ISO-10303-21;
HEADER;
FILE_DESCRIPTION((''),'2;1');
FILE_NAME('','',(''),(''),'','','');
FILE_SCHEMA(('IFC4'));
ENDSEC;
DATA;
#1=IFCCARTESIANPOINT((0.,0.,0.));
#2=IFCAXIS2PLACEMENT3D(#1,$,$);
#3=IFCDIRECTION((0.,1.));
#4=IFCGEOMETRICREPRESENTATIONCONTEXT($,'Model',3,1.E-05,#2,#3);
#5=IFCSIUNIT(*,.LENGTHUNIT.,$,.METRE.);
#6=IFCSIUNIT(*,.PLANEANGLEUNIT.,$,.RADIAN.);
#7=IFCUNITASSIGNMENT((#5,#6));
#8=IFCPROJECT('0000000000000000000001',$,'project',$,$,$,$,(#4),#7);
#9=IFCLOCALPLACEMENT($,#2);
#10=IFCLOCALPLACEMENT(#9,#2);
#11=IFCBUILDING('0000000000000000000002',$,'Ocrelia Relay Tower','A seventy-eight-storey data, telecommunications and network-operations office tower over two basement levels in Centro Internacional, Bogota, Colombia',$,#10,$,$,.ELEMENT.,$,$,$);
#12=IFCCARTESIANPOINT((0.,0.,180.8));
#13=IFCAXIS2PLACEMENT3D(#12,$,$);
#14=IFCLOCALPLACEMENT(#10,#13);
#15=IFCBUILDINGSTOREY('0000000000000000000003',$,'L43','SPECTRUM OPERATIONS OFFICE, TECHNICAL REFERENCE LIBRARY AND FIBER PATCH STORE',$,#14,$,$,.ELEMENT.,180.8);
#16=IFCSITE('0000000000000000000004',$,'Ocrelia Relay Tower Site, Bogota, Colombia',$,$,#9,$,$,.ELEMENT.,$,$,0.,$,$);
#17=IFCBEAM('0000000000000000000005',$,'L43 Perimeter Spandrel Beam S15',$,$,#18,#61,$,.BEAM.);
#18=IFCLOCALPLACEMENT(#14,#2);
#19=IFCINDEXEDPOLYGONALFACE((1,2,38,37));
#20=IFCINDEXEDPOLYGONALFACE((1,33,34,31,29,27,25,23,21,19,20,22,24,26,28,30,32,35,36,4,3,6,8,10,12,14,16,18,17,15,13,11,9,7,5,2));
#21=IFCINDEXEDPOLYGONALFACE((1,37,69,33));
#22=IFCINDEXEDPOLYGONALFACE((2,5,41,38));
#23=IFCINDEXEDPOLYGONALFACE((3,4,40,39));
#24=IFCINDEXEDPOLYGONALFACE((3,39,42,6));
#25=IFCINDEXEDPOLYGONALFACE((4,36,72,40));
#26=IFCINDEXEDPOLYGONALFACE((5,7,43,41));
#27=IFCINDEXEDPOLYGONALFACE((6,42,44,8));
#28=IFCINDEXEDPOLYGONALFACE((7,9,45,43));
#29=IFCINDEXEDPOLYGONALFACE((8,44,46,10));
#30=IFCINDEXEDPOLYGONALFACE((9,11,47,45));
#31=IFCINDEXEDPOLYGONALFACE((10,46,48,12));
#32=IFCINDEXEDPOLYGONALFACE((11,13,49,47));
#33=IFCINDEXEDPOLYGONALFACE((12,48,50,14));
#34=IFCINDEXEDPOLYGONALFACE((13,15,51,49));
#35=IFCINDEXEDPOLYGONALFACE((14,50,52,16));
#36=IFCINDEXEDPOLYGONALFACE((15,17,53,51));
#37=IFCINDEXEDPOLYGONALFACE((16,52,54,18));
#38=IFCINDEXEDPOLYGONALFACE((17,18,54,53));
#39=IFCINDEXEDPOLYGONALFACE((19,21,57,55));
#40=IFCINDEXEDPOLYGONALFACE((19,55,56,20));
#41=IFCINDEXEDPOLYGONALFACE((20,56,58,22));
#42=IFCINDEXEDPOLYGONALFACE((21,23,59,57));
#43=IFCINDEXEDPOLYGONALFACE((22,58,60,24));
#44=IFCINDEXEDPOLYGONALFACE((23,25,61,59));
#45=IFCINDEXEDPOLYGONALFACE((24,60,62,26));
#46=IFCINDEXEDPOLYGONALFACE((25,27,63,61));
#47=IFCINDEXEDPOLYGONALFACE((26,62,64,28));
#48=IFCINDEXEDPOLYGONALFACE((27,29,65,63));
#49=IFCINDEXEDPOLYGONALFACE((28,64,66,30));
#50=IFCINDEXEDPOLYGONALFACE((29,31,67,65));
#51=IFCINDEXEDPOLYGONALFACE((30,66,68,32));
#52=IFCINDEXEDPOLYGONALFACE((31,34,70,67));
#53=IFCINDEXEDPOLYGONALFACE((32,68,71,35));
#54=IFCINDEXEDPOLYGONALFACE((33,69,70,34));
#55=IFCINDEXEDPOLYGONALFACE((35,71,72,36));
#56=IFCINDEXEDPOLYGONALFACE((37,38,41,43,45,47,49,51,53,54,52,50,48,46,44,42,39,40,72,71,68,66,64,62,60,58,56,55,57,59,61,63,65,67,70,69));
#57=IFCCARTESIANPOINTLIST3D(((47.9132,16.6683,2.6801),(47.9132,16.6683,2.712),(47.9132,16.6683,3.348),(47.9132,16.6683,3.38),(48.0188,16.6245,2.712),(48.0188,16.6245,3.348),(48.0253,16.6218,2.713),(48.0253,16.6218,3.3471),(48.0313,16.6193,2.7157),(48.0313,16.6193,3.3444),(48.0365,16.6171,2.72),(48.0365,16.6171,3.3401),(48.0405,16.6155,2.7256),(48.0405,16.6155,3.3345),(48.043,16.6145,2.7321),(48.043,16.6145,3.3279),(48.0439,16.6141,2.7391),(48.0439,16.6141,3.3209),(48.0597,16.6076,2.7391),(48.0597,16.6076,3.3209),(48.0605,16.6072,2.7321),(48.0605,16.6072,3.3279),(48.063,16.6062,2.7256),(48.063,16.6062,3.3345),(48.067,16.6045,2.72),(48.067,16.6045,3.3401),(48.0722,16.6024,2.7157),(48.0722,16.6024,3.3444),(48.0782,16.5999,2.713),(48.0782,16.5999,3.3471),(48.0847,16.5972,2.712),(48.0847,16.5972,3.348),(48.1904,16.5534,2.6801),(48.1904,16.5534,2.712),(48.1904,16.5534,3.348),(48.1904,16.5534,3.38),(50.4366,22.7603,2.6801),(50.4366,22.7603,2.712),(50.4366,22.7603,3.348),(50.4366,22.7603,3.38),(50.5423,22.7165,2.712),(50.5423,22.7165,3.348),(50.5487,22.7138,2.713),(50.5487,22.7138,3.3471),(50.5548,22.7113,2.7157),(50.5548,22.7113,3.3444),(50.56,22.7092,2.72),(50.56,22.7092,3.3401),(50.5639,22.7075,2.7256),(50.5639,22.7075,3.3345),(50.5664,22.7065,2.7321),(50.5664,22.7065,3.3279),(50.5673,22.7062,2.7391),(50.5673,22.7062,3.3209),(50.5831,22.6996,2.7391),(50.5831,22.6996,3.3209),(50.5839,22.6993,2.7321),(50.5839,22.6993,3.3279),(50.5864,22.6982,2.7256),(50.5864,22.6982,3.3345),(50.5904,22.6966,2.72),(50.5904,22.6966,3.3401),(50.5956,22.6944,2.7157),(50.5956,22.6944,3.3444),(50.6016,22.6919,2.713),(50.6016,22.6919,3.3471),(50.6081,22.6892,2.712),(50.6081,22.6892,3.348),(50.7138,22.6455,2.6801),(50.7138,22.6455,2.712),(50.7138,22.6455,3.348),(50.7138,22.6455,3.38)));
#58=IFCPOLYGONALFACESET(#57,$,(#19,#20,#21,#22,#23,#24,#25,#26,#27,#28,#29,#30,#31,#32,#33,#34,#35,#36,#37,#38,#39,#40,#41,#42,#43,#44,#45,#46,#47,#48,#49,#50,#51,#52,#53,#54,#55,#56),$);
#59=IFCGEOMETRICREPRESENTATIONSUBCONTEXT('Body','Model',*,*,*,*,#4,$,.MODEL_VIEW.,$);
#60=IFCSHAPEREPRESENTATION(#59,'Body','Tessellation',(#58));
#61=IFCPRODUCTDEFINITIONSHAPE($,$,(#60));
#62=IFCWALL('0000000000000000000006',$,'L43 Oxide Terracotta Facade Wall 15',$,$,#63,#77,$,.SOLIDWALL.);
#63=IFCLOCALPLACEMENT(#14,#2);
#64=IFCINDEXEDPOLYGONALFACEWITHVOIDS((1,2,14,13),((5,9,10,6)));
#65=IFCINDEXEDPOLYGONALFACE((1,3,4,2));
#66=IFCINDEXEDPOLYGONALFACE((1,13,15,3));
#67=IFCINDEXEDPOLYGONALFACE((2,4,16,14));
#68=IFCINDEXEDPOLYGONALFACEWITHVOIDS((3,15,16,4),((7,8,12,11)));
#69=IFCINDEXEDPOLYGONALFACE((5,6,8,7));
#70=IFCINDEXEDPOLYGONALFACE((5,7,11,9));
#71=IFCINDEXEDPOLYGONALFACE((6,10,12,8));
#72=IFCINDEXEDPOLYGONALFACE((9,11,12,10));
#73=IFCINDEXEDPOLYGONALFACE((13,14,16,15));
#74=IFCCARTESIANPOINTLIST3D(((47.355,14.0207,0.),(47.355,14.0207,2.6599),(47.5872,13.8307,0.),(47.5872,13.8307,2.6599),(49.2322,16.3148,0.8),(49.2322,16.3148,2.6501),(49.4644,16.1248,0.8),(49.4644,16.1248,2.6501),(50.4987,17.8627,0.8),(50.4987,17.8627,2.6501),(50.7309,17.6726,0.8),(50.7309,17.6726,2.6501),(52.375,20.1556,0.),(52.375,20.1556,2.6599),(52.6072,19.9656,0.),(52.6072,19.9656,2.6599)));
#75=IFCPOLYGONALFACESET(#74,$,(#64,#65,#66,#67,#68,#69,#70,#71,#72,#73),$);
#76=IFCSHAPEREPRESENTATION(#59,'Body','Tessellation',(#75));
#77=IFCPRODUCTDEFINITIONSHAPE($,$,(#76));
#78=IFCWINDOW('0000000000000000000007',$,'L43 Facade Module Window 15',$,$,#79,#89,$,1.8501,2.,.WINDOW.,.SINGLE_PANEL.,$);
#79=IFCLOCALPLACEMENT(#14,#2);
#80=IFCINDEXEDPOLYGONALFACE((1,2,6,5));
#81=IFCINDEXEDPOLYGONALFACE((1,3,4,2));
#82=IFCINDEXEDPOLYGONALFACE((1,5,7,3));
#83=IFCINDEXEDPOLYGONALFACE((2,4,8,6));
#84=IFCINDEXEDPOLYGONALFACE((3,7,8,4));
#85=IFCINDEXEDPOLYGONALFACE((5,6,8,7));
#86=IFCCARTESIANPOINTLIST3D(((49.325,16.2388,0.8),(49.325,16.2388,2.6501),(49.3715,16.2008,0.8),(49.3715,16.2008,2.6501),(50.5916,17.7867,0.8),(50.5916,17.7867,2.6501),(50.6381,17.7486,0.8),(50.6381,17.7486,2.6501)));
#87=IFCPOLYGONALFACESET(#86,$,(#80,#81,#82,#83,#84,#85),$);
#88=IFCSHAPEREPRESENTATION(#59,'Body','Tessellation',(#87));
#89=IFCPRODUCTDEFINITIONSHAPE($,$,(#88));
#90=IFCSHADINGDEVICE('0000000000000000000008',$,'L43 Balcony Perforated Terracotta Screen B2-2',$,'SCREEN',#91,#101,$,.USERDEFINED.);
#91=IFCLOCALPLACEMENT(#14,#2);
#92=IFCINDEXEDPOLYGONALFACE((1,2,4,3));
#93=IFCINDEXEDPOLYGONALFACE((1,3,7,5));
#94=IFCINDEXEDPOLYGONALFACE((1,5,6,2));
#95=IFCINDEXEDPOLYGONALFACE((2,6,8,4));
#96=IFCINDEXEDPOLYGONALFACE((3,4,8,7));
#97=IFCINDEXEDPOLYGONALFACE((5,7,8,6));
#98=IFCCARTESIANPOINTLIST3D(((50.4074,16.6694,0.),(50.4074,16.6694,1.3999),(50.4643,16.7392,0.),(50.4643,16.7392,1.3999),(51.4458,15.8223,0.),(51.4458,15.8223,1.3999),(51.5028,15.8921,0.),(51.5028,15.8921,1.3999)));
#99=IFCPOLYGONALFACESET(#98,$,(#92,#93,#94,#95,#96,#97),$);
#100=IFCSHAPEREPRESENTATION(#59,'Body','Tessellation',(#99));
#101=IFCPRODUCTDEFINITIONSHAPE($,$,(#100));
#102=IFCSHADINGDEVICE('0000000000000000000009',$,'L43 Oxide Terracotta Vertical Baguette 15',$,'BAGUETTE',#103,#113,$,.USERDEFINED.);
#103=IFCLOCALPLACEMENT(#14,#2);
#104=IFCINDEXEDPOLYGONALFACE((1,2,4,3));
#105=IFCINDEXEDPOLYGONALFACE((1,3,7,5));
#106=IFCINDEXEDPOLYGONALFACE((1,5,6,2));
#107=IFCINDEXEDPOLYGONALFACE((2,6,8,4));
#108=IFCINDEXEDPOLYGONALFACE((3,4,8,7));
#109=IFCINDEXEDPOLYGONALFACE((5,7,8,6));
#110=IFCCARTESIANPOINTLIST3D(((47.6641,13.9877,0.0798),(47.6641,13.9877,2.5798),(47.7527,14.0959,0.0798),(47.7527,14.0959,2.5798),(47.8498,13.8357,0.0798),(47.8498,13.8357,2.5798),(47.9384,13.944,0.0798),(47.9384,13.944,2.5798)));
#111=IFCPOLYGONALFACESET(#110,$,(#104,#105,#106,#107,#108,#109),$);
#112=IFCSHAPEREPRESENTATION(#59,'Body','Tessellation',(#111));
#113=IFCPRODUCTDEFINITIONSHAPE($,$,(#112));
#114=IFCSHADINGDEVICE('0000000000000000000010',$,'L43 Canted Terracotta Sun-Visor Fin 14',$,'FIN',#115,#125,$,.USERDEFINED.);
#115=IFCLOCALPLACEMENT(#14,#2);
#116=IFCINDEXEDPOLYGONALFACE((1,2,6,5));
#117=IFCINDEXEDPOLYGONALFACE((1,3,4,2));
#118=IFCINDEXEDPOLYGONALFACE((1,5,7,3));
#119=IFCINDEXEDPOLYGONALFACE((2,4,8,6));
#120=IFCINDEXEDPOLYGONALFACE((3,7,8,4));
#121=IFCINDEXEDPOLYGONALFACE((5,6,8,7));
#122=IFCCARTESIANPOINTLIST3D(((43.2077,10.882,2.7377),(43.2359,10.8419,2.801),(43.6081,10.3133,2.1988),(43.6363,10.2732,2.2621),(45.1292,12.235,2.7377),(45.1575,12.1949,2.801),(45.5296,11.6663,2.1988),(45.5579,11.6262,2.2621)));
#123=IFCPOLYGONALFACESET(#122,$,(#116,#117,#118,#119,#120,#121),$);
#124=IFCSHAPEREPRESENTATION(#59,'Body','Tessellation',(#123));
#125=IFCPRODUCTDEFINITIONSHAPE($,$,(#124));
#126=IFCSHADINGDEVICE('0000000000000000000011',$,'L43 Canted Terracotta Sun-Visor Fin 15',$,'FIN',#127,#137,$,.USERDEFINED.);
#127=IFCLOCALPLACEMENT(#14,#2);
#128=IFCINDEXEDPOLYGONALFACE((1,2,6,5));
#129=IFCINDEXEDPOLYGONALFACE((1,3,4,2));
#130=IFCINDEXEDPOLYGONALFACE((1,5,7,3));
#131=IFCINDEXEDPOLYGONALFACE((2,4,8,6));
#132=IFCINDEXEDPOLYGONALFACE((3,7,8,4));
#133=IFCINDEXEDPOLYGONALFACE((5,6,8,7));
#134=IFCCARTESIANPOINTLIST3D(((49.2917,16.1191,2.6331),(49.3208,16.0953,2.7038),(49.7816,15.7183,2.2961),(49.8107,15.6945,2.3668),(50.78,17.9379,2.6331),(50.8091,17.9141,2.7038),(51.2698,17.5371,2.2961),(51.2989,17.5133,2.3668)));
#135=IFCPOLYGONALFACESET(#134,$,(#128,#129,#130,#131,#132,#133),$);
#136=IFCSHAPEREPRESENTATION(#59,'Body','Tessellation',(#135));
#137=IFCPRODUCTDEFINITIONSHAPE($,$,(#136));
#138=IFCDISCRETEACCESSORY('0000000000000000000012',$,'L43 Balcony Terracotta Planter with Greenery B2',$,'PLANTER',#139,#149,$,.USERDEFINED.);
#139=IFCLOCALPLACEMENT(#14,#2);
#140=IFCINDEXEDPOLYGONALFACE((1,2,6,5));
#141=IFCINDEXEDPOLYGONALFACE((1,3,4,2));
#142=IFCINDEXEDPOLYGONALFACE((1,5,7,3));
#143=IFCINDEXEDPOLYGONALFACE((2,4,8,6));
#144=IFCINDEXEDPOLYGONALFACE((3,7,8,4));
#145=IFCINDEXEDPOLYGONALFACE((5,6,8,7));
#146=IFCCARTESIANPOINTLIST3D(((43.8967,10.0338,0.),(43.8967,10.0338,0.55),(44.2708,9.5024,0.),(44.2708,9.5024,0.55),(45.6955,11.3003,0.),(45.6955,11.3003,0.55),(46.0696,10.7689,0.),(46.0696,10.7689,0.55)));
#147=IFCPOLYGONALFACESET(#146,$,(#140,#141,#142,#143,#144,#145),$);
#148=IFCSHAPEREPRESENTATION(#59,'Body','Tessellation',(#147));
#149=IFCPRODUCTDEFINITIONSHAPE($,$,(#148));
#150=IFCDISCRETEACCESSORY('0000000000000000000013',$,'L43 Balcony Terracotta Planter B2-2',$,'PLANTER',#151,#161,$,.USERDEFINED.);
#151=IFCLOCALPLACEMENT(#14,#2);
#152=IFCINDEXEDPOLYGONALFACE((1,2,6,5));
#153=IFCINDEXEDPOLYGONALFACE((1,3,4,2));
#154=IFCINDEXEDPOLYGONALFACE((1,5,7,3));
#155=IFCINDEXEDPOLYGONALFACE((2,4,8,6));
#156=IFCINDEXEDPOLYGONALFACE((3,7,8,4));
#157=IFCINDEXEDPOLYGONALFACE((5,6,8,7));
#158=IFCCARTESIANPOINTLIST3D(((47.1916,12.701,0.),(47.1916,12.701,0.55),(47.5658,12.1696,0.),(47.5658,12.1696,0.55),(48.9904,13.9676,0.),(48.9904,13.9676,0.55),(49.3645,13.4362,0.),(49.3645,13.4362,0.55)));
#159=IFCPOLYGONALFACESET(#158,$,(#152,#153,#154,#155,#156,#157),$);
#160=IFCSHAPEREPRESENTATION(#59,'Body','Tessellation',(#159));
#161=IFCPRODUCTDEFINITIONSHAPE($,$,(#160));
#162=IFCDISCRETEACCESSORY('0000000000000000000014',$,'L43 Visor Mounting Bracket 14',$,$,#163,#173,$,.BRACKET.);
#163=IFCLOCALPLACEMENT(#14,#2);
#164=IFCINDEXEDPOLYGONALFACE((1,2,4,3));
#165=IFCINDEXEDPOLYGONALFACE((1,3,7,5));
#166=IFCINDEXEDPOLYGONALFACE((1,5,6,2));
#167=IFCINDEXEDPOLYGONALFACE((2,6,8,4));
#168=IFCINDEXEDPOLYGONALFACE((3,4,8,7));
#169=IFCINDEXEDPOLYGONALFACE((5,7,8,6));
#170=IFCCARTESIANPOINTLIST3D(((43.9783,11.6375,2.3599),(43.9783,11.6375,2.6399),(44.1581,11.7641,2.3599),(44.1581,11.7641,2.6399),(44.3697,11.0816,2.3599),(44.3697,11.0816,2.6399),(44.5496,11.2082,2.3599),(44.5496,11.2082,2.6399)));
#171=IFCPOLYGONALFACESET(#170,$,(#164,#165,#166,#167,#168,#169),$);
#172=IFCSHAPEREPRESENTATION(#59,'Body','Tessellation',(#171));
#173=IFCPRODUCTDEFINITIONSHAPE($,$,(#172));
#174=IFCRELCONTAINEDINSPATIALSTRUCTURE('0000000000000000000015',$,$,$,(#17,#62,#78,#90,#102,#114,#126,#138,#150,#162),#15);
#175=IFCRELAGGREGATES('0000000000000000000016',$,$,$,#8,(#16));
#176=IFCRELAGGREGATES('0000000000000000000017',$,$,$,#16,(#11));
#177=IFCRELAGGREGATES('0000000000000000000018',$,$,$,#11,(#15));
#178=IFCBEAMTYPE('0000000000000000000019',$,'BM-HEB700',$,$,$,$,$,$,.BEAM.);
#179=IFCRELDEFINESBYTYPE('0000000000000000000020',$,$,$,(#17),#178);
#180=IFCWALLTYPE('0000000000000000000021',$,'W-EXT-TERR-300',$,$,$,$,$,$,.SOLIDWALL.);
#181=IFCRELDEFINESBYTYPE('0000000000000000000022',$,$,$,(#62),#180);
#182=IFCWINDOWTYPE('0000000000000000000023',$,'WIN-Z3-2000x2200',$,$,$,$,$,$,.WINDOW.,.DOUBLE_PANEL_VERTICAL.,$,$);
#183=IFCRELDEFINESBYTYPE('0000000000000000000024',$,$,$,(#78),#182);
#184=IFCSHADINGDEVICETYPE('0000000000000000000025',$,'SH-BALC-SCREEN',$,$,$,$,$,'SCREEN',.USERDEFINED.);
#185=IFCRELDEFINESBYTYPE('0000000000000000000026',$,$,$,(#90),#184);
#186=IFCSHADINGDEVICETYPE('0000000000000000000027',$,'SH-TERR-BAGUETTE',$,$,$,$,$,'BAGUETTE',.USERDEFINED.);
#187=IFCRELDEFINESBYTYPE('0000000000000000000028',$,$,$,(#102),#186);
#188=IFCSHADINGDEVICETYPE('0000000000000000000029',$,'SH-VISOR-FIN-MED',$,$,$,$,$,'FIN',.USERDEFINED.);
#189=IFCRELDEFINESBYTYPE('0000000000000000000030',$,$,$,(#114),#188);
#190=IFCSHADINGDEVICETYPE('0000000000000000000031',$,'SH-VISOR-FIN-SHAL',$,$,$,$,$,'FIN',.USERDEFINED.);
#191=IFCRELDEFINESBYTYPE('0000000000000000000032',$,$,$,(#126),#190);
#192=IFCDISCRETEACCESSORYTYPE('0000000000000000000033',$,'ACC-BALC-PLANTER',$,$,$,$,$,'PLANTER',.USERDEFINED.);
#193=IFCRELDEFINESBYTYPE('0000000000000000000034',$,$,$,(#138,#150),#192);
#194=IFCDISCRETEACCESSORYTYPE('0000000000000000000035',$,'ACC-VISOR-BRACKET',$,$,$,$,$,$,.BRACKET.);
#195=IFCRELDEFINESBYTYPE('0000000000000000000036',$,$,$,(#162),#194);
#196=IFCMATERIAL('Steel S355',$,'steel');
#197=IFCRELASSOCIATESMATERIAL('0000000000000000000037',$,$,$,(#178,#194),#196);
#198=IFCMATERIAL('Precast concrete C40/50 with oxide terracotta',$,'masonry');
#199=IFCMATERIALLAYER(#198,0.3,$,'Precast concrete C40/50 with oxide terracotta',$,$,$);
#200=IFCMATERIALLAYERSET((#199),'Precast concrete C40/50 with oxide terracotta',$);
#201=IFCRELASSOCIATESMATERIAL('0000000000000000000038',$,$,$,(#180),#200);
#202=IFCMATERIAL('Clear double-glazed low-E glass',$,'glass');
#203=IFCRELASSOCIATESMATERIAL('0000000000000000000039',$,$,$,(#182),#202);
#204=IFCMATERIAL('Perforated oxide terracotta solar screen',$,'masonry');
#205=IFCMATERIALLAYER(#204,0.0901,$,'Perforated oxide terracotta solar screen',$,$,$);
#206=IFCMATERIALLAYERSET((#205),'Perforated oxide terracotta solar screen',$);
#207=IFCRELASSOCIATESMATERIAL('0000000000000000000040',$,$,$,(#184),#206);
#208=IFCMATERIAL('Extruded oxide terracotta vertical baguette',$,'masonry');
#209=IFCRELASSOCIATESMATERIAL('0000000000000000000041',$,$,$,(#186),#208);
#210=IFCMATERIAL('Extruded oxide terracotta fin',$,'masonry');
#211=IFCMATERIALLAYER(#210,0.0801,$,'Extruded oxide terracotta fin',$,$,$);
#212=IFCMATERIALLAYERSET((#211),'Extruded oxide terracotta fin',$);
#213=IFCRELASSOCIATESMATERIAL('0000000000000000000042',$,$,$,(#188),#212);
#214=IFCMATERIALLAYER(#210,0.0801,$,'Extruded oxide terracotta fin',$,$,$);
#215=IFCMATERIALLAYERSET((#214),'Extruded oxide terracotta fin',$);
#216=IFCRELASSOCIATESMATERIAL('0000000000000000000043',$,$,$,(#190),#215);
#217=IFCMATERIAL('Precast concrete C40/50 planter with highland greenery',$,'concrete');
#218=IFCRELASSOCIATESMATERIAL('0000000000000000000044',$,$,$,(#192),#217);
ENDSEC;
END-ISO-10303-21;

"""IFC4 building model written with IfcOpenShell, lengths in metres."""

from ifc_helpers import new_model, si_unit, direction, frame, frame_2d, origin, origin_2d, place, context, subcontext, project, spatial, rectangle, i_section, extrude, material, layer, layer_set, material_profile, profile_set, type_object, element, fill, save


model = new_model("IFC4")

# Units and contexts
model_context = context("Model", 3, precision=1e-05, world=origin(), true_north=direction((0.0, 1.0)))
body_context = subcontext(model_context, "Body", "Model", "MODEL_VIEW")
ifc_project = project(units=[si_unit("LENGTHUNIT", "METRE"), si_unit("PLANEANGLEUNIT", "RADIAN")], contexts=[model_context])

# Site, building, storey
site_placement = place(None, origin())
site = spatial("IfcSite", under=ifc_project, at=site_placement, Name="Ocrelia Relay Tower Site, Bogota, Colombia", CompositionType="ELEMENT", RefElevation=0.0)
building_placement = place(site_placement, origin())
building = spatial("IfcBuilding", under=site, at=building_placement, Name="Ocrelia Relay Tower", Description="A seventy-eight-storey data, telecommunications and network-operations office tower over two basement levels in Centro Internacional, Bogota, Colombia", CompositionType="ELEMENT")
storey_placement = place(building_placement, frame((0.0, 0.0, 180.8)))
storey = spatial("IfcBuildingStorey", under=building, at=storey_placement, Name="L43", Description="SPECTRUM OPERATIONS OFFICE, TECHNICAL REFERENCE LIBRARY AND FIBER PATCH STORE", CompositionType="ELEMENT", Elevation=180.8)

# Beam
ifc_material_1 = material(Name="Steel S355", Category="steel")
ifc_material_profile_1 = material_profile(ifc_material_1, i_section(OverallWidth=0.3, OverallDepth=0.7, WebThickness=0.0171, FlangeThickness=0.032, FilletRadius=0.0271, at=origin_2d()), Name="HEB 700")
ifc_profile_set_1 = profile_set([ifc_material_profile_1], Name="Steel S355")
beam_type_1 = type_object("IfcBeamType", Name="BM-HEB700", PredefinedType="BEAM", material=ifc_profile_set_1)
for number, where, z_axis, x_axis, name in (
    (1, (48.0518, 16.6108, 3.03), (0.382688, 0.923878, 0.0), (-0.923878, 0.382688, 0.0), "L43 Perimeter Spandrel Beam S15"),
):
    element("IfcBeam", number, at=place(storey_placement, frame(where, z_axis=z_axis, x_axis=x_axis)), inside=storey, type_object=beam_type_1, Name=name, PredefinedType="BEAM", context=body_context, shape_type="SweptSolid", body=[
        extrude(i_section(OverallWidth=0.3, OverallDepth=0.7, WebThickness=0.0171, FlangeThickness=0.032, FilletRadius=0.0271, at=origin_2d()), origin(), (0.0, 0.0, 1.0), 6.594),
    ])

# Wall, opening, window
ifc_material_2 = material(Name="Precast concrete C40/50 with oxide terracotta", Category="masonry")
ifc_layer_1 = layer(ifc_material_2, 0.3, Name="Precast concrete C40/50 with oxide terracotta")
ifc_layer_set_1 = layer_set([ifc_layer_1], Name="Precast concrete C40/50 with oxide terracotta")
wall_type = type_object("IfcWallType", Name="W-EXT-TERR-300", PredefinedType="SOLIDWALL", material=ifc_layer_set_1)
wall_placement = place(storey_placement, frame((47.4712, 13.9258, 0.0), z_axis=(0.0, 0.0, 1.0), x_axis=(0.633273, 0.773928, 0.0)))
wall = element("IfcWall", 2, at=wall_placement, inside=storey, type_object=wall_type, Name="L43 Oxide Terracotta Facade Wall 15", PredefinedType="SOLIDWALL", context=body_context, shape_type="SweptSolid", body=[
    extrude(rectangle(XDim=7.927, YDim=0.3, at=frame_2d((3.9634, 0.0))), origin(), (0.0, 0.0, 1.0), 2.6599),
])
opening_placement = place(wall_placement, frame((2.9641, 0.0, 0.8)))
opening = element("IfcOpeningElement", 3, at=opening_placement, cuts=wall, PredefinedType="OPENING", context=body_context, shape_type="SweptSolid", body=[
    extrude(rectangle(XDim=2.0, YDim=1.8501, at=frame_2d((1.0, 0.925))), frame((0.0, 0.1602, 0.0), z_axis=(0.0, -1.0, 0.0), x_axis=(1.0, 0.0, 0.0)), (0.0, 0.0, 1.0), 0.3201),
])
ifc_material_3 = material(Name="Clear double-glazed low-E glass", Category="glass")
window_type = type_object("IfcWindowType", Name="WIN-Z3-2000x2200", PartitioningType="DOUBLE_PANEL_VERTICAL", PredefinedType="WINDOW", material=ifc_material_3)
window_placement = place(opening_placement, origin())
window = element("IfcWindow", 4, at=window_placement, inside=storey, type_object=window_type, Name="L43 Facade Module Window 15", OverallHeight=1.8501, OverallWidth=2.0, PartitioningType="SINGLE_PANEL", PredefinedType="WINDOW", context=body_context, shape_type="SweptSolid", body=[
    extrude(rectangle(XDim=2.0, YDim=1.8501, at=frame_2d((1.0, 0.925))), frame((0.0, 0.03, 0.0), z_axis=(0.0, -1.0, 0.0), x_axis=(1.0, 0.0, 0.0)), (0.0, 0.0, 1.0), 0.0601),
])
fill(opening, window)

# Shading devices
ifc_material_4 = material(Name="Perforated oxide terracotta solar screen", Category="masonry")
ifc_layer_2 = layer(ifc_material_4, 0.0901, Name="Perforated oxide terracotta solar screen")
ifc_layer_set_2 = layer_set([ifc_layer_2], Name="Perforated oxide terracotta solar screen")
shading_device_type_1 = type_object("IfcShadingDeviceType", Name="SH-BALC-SCREEN", ElementType="SCREEN", PredefinedType="USERDEFINED", material=ifc_layer_set_2)
shading_device_1_placement = place(storey_placement, frame((50.9551, 16.2808, 0.0), z_axis=(0.0, 0.0, 1.0), x_axis=(0.774896, -0.632088, 0.0)))
element("IfcShadingDevice", 5, at=shading_device_1_placement, inside=storey, type_object=shading_device_type_1, Name="L43 Balcony Perforated Terracotta Screen B2-2", ObjectType="SCREEN", PredefinedType="USERDEFINED", context=body_context, shape_type="SweptSolid", body=[
    extrude(rectangle(XDim=1.3401, YDim=0.0901, at=origin_2d()), origin(), (0.0, 0.0, 1.0), 1.3999),
])
ifc_material_5 = material(Name="Extruded oxide terracotta vertical baguette", Category="masonry")
shading_device_type_2 = type_object("IfcShadingDeviceType", Name="SH-TERR-BAGUETTE", ElementType="BAGUETTE", PredefinedType="USERDEFINED", material=ifc_material_5)
shading_device_2_placement = place(storey_placement, frame((47.8013, 13.9658, 0.0798), z_axis=(0.0, 0.0, 1.0), x_axis=(0.633266, 0.773934, 0.0)))
element("IfcShadingDevice", 6, at=shading_device_2_placement, inside=storey, type_object=shading_device_type_2, Name="L43 Oxide Terracotta Vertical Baguette 15", ObjectType="BAGUETTE", PredefinedType="USERDEFINED", context=body_context, shape_type="SweptSolid", body=[
    extrude(rectangle(XDim=0.1399, YDim=0.24, at=origin_2d()), origin(), (0.0, 0.0, 1.0), 2.5),
])
ifc_material_6 = material(Name="Extruded oxide terracotta fin", Category="masonry")
ifc_layer_3 = layer(ifc_material_6, 0.0801, Name="Extruded oxide terracotta fin")
ifc_layer_set_3 = layer_set([ifc_layer_3], Name="Extruded oxide terracotta fin")
shading_device_type_3 = type_object("IfcShadingDeviceType", Name="SH-VISOR-FIN-MED", ElementType="FIN", PredefinedType="USERDEFINED", material=ifc_layer_set_3)
shading_device_3_placement = place(storey_placement, frame((44.3687, 11.2742, 2.4683), z_axis=(0.352623, -0.500804, 0.790476), x_axis=(0.817648, 0.575718, 0.0)))
element("IfcShadingDevice", 7, at=shading_device_3_placement, inside=storey, type_object=shading_device_type_3, Name="L43 Canted Terracotta Sun-Visor Fin 14", ObjectType="FIN", PredefinedType="USERDEFINED", context=body_context, shape_type="SweptSolid", body=[
    extrude(rectangle(XDim=2.3501, YDim=0.8799, at=origin_2d()), origin(), (0.0, 0.0, 1.0), 0.0801),
])
ifc_layer_4 = layer(ifc_material_6, 0.0801, Name="Extruded oxide terracotta fin")
ifc_layer_set_4 = layer_set([ifc_layer_4], Name="Extruded oxide terracotta fin")
shading_device_type_4 = type_object("IfcShadingDeviceType", Name="SH-VISOR-FIN-SHAL", ElementType="FIN", PredefinedType="USERDEFINED", material=ifc_layer_set_4)
shading_device_4_placement = place(storey_placement, frame((50.2808, 16.8281, 2.4646), z_axis=(0.363698, -0.297593, 0.882702), x_axis=(0.633266, 0.773934, 0.0)))
element("IfcShadingDevice", 8, at=shading_device_4_placement, inside=storey, type_object=shading_device_type_4, Name="L43 Canted Terracotta Sun-Visor Fin 15", ObjectType="FIN", PredefinedType="USERDEFINED", context=body_context, shape_type="SweptSolid", body=[
    extrude(rectangle(XDim=2.3501, YDim=0.717, at=origin_2d()), origin(), (0.0, 0.0, 1.0), 0.0801),
])

# Discrete accessories
ifc_material_7 = material(Name="Precast concrete C40/50 planter with highland greenery", Category="concrete")
discrete_accessory_type_1 = type_object("IfcDiscreteAccessoryType", Name="ACC-BALC-PLANTER", ElementType="PLANTER", PredefinedType="USERDEFINED", material=ifc_material_7)
for number, where, z_axis, x_axis, name in (
    (9, (44.9832, 10.4014, 0.0), (0.0, 0.0, 1.0), (-0.817649, -0.575717, 0.0), "L43 Balcony Terracotta Planter with Greenery B2"),
    (10, (48.2781, 13.0686, 0.0), (0.0, 0.0, 1.0), (-0.817649, -0.575717, 0.0), "L43 Balcony Terracotta Planter B2-2"),
):
    element("IfcDiscreteAccessory", number, at=place(storey_placement, frame(where, z_axis=z_axis, x_axis=x_axis)), inside=storey, type_object=discrete_accessory_type_1, Name=name, ObjectType="PLANTER", PredefinedType="USERDEFINED", context=body_context, shape_type="SweptSolid", body=[
        extrude(rectangle(XDim=2.2, YDim=0.6499, at=origin_2d()), origin(), (0.0, 0.0, 1.0), 0.55),
    ])
discrete_accessory_type_2 = type_object("IfcDiscreteAccessoryType", Name="ACC-VISOR-BRACKET", PredefinedType="BRACKET", material=ifc_material_1)
discrete_accessory_placement = place(storey_placement, frame((44.2639, 11.4229, 2.3599), z_axis=(0.0, 0.0, 1.0), x_axis=(0.817648, 0.575718, 0.0)))
element("IfcDiscreteAccessory", 11, at=discrete_accessory_placement, inside=storey, type_object=discrete_accessory_type_2, Name="L43 Visor Mounting Bracket 14", PredefinedType="BRACKET", context=body_context, shape_type="SweptSolid", body=[
    extrude(rectangle(XDim=0.22, YDim=0.6799, at=origin_2d()), origin(), (0.0, 0.0, 1.0), 0.28),
])

save(model, "model.ifc")
